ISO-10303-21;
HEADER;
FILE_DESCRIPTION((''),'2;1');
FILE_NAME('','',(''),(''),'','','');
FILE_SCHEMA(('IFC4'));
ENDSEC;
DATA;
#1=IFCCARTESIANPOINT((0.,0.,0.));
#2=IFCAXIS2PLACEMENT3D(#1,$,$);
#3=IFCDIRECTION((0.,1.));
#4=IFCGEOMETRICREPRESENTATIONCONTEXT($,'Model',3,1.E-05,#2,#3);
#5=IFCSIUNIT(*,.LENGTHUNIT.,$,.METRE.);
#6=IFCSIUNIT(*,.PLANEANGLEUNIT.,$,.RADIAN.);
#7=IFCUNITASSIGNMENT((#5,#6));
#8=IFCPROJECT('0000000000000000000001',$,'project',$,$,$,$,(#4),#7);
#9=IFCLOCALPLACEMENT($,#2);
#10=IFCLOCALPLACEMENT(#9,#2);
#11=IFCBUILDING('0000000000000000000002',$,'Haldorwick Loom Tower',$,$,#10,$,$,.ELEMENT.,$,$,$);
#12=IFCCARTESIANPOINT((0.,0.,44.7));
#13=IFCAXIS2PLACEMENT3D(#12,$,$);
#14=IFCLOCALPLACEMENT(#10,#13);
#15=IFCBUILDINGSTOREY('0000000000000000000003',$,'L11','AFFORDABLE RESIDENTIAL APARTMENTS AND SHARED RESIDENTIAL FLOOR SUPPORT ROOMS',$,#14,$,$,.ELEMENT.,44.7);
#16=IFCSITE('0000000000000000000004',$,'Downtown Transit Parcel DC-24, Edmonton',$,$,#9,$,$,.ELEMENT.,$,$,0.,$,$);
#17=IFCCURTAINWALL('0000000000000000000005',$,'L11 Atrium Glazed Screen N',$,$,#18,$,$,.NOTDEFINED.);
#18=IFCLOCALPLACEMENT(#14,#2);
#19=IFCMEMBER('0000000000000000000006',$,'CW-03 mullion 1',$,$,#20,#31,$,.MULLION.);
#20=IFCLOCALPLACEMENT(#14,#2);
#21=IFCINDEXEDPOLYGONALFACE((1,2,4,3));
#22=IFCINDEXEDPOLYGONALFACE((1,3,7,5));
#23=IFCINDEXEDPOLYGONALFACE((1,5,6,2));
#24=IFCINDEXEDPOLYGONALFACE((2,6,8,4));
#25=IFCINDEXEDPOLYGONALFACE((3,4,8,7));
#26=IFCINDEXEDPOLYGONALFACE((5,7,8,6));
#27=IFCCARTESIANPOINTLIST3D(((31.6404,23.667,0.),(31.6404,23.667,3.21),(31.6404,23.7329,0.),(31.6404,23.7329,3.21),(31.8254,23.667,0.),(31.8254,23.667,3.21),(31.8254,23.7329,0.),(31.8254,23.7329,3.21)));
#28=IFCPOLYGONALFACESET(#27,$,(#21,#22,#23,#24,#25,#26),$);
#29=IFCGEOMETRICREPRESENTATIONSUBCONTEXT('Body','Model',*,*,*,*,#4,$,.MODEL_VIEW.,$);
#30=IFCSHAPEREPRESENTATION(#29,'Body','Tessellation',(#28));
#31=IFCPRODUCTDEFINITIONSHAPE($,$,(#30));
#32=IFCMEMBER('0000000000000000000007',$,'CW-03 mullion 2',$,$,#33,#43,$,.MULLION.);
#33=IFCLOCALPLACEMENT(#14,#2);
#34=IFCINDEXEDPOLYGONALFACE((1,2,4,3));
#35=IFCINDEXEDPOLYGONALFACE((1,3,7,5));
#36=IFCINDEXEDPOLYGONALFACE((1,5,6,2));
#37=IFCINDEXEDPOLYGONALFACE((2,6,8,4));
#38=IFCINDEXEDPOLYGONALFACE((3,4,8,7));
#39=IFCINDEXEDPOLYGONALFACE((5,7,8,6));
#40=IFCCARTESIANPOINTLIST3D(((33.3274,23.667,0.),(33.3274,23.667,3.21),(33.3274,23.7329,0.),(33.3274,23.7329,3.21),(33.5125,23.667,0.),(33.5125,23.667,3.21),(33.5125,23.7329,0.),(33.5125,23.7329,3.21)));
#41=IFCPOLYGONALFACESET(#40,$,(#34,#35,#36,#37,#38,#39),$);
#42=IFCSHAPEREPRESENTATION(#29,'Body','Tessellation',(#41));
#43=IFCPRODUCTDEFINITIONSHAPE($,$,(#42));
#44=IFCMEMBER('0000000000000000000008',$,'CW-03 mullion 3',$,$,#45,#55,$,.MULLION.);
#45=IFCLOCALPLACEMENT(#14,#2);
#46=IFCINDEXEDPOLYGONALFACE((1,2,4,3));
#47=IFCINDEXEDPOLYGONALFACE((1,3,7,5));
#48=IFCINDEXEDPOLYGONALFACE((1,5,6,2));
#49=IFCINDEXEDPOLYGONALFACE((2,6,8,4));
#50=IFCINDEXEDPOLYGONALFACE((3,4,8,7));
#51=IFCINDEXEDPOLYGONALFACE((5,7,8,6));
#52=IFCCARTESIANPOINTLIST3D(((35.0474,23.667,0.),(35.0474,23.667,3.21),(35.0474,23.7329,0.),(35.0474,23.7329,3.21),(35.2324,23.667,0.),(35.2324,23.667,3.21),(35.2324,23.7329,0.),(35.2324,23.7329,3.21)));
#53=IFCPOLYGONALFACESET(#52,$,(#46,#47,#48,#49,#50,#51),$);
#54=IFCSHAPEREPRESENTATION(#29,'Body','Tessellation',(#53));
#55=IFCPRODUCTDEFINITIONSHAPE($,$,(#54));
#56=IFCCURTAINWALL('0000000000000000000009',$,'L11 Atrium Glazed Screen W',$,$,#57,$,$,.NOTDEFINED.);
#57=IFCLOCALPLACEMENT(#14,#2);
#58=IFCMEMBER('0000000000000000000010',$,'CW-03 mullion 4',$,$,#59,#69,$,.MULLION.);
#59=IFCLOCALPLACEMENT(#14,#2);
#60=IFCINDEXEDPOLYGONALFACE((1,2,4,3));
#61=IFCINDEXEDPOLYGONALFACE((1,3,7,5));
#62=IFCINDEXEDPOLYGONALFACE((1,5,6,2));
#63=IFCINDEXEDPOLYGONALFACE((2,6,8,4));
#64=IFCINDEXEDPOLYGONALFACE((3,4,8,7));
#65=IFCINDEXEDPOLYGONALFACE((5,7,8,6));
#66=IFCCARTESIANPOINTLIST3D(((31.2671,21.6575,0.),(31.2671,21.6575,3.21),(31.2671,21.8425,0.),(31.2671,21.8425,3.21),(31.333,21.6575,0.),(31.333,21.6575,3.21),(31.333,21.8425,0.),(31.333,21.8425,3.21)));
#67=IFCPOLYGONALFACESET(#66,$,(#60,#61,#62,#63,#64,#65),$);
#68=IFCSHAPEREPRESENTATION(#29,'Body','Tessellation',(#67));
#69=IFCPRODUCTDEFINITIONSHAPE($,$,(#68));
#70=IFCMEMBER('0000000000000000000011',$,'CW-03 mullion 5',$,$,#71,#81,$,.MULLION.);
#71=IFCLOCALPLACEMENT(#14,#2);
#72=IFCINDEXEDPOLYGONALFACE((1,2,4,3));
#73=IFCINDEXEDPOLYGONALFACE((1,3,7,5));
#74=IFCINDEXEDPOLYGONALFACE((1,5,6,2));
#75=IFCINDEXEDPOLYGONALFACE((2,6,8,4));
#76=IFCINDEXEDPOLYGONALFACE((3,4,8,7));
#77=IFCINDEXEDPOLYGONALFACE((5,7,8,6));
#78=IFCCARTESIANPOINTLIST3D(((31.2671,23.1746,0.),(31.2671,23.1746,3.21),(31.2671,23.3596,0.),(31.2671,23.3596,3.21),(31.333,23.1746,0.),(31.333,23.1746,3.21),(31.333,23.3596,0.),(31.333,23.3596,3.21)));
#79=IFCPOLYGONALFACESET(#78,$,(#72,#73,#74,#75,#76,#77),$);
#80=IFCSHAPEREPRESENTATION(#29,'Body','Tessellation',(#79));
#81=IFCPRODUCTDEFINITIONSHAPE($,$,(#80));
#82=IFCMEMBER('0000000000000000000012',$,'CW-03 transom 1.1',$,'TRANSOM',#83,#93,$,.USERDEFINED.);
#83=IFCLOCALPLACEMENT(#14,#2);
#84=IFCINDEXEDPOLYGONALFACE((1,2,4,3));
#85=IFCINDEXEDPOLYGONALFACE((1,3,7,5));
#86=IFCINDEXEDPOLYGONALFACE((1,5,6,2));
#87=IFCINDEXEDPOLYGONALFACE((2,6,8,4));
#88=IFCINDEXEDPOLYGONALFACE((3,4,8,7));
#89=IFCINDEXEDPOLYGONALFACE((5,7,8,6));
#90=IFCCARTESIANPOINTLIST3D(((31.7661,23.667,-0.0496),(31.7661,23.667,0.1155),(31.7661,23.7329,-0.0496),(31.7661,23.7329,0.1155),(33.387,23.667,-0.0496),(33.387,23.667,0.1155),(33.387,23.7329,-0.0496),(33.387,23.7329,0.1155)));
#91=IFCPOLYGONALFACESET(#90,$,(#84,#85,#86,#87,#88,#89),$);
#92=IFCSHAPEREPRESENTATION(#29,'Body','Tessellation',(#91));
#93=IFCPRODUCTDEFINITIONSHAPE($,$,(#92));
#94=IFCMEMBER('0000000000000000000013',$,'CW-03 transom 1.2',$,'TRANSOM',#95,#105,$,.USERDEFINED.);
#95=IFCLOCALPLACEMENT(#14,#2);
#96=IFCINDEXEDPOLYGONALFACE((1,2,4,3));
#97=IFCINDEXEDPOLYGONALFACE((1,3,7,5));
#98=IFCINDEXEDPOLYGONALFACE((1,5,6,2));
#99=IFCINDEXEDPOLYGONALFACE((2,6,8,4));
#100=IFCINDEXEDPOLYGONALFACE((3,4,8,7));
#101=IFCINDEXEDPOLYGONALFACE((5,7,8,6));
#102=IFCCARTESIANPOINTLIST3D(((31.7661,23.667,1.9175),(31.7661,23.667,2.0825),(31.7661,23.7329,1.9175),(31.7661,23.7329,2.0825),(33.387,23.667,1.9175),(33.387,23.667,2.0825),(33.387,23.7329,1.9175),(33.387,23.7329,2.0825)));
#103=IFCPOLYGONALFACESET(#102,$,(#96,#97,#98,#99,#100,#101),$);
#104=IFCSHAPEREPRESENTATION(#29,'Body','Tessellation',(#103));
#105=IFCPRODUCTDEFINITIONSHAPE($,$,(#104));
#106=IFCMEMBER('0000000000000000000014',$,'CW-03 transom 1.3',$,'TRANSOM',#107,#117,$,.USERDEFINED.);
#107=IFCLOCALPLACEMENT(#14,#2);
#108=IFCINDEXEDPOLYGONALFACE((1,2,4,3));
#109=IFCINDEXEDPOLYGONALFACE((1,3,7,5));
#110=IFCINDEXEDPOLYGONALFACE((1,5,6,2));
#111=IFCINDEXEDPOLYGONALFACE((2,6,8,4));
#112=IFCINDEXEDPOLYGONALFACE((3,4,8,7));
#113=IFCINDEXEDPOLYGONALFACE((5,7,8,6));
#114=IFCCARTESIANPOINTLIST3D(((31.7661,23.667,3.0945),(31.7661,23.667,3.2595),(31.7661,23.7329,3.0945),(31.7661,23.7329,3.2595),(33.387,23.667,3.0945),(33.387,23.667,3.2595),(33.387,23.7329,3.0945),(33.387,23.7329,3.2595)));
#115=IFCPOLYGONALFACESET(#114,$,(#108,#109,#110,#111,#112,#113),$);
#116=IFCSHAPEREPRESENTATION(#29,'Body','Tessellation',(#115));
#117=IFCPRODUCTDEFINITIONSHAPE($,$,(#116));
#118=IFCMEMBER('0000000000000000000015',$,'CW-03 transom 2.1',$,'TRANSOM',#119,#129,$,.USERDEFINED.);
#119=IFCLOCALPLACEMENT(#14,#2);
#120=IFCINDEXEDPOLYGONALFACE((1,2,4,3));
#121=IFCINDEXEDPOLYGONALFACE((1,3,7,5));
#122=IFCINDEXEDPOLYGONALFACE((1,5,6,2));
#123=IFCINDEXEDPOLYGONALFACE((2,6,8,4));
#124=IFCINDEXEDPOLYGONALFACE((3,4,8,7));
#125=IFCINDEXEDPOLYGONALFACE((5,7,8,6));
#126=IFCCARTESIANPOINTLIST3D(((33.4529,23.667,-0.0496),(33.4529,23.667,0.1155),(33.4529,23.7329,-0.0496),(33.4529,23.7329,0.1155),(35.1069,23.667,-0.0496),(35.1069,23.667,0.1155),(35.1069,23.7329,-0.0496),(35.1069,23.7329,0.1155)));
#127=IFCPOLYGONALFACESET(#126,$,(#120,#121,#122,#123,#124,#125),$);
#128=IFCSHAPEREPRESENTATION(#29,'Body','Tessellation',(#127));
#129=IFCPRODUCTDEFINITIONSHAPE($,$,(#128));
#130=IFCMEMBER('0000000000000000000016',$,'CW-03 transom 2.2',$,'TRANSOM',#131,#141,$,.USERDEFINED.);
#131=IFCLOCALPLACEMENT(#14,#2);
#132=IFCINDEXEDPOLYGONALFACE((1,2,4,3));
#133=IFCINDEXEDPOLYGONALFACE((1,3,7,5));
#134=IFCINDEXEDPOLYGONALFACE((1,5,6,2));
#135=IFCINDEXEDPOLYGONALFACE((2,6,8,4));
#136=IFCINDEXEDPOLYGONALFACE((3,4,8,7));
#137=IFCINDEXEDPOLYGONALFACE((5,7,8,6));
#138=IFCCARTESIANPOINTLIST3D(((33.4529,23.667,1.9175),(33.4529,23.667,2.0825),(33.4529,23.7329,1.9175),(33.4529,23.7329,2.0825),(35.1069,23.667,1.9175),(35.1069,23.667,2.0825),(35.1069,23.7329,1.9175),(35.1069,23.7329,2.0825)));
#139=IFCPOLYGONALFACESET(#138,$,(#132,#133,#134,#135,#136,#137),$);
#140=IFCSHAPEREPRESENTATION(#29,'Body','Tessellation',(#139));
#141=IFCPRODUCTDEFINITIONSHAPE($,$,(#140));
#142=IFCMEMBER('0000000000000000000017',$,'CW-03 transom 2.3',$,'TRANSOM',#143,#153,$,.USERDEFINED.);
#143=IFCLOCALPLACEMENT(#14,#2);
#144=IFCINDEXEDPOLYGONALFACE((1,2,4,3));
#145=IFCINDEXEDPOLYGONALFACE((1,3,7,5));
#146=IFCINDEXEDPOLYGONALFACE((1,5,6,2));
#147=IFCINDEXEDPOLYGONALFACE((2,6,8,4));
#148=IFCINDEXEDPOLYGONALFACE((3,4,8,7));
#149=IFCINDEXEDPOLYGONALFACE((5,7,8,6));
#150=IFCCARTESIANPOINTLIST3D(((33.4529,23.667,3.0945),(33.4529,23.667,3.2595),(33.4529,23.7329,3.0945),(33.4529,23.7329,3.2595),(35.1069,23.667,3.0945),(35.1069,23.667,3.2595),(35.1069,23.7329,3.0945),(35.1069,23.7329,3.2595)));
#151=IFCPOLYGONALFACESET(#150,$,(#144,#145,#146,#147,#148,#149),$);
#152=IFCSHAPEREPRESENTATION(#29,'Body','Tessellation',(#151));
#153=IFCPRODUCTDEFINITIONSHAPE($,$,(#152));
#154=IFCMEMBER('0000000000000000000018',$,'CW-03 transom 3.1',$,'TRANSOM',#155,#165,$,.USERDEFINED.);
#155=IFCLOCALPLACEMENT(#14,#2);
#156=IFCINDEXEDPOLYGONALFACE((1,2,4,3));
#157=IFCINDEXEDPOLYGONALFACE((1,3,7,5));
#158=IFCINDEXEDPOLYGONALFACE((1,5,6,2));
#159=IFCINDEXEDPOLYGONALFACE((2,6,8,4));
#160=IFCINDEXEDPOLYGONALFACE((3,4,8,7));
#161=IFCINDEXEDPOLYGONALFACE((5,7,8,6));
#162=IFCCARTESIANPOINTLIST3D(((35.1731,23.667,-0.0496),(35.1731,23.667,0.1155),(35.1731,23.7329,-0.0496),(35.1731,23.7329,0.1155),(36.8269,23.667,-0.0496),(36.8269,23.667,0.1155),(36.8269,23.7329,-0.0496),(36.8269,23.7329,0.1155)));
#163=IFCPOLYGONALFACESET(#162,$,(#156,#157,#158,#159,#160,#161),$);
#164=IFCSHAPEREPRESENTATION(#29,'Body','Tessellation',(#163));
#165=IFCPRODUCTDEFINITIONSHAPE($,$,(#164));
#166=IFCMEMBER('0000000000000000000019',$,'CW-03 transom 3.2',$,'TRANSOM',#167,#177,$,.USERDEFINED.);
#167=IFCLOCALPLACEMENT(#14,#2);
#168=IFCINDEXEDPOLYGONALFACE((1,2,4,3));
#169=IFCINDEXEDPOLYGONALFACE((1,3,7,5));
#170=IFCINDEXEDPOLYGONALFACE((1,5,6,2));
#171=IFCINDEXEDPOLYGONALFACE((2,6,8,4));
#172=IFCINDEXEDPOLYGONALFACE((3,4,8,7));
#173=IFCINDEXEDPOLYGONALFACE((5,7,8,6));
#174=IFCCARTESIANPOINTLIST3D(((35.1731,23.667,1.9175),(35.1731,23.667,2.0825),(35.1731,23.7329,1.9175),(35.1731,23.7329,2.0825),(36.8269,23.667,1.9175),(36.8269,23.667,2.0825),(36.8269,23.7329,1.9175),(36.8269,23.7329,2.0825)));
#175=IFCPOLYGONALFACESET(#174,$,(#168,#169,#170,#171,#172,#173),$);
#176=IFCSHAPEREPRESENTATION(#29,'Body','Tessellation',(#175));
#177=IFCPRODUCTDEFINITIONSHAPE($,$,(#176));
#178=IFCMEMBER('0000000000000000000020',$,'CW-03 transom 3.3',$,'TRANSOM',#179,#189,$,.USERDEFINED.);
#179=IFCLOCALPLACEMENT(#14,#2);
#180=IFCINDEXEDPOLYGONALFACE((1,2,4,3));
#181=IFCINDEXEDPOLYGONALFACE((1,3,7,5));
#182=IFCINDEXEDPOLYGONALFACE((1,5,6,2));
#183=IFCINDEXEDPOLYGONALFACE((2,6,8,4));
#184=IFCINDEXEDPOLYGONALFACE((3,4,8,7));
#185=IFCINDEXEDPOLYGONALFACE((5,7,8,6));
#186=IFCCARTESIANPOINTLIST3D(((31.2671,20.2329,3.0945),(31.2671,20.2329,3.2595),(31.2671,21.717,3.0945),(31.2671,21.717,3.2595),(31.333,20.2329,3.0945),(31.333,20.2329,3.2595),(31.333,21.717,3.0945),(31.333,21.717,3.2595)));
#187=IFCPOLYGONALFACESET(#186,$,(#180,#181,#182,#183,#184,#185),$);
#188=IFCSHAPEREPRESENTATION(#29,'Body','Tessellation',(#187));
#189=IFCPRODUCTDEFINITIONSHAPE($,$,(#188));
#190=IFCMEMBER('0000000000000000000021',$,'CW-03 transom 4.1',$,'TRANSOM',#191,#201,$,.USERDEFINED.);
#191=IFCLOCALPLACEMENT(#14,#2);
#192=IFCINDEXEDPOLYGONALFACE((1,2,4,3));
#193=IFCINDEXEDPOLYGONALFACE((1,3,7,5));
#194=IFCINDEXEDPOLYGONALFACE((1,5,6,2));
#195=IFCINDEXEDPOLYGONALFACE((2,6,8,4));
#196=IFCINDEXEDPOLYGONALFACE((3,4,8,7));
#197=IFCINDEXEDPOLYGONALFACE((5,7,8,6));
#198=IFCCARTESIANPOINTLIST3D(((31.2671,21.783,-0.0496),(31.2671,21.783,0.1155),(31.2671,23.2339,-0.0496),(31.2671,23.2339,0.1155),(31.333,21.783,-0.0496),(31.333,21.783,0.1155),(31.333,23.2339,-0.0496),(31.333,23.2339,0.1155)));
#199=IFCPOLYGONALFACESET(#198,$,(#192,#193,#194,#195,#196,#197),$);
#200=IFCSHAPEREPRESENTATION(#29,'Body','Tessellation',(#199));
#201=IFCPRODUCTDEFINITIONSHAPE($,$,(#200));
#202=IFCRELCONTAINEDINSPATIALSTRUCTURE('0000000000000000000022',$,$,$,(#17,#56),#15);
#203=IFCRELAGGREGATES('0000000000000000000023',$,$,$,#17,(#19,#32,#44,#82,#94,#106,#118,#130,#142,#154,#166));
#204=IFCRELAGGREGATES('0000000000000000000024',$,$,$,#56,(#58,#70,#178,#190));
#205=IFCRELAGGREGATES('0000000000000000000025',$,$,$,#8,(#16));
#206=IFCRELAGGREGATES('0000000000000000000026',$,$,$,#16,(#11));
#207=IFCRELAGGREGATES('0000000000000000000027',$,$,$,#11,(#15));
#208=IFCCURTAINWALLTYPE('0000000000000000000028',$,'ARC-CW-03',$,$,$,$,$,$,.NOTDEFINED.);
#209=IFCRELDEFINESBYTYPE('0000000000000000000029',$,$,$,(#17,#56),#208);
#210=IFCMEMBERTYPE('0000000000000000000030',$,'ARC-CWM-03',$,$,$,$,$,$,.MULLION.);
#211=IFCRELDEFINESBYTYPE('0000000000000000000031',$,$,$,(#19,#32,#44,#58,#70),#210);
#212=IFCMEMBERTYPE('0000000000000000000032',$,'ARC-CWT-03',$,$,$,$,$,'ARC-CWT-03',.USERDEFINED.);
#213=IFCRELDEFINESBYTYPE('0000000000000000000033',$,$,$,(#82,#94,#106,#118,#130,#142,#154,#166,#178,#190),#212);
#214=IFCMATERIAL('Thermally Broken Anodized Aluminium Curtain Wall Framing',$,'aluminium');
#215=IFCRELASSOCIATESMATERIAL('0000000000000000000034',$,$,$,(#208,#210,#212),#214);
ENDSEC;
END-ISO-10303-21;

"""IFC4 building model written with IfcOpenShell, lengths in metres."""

from ifc_helpers import new_model, si_unit, direction, frame, origin, origin_2d, place, context, subcontext, project, spatial, rectangle, extrude, material, material_profile, profile_set, type_object, element, aggregate, save


model = new_model("IFC4")

# Units and contexts
model_context = context("Model", 3, precision=1e-05, world=origin(), true_north=direction((0.0, 1.0)))
body_context = subcontext(model_context, "Body", "Model", "MODEL_VIEW")
ifc_project = project(units=[si_unit("LENGTHUNIT", "METRE"), si_unit("PLANEANGLEUNIT", "RADIAN")], contexts=[model_context])

# Site, building, storey
site_placement = place(None, origin())
site = spatial("IfcSite", under=ifc_project, at=site_placement, Name="Downtown Transit Parcel DC-24, Edmonton", CompositionType="ELEMENT", RefElevation=0.0)
building_placement = place(site_placement, origin())
building = spatial("IfcBuilding", under=site, at=building_placement, Name="Haldorwick Loom Tower", CompositionType="ELEMENT")
storey_placement = place(building_placement, frame((0.0, 0.0, 44.7)))
storey = spatial("IfcBuildingStorey", under=building, at=storey_placement, Name="L11", Description="AFFORDABLE RESIDENTIAL APARTMENTS AND SHARED RESIDENTIAL FLOOR SUPPORT ROOMS", CompositionType="ELEMENT", Elevation=44.7)

# Curtain walls, members
ifc_material_1 = material(Name="Thermally Broken Anodized Aluminium Curtain Wall Framing", Category="aluminium")
curtain_wall_type = type_object("IfcCurtainWallType", Name="ARC-CW-03", PredefinedType="NOTDEFINED", material=ifc_material_1)
curtain_wall_1_placement = place(storey_placement, origin())
curtain_wall_1 = element("IfcCurtainWall", 1, at=curtain_wall_1_placement, inside=storey, type_object=curtain_wall_type, Name="L11 Atrium Glazed Screen N", PredefinedType="NOTDEFINED")
ifc_material_profile_1 = material_profile(ifc_material_1, rectangle(XDim=0.0659, YDim=0.1851, at=origin_2d()), Name="ALU_MUL_66X185", Category="aluminium")
ifc_profile_set_1 = profile_set([ifc_material_profile_1], Name="Thermally Broken Anodized Aluminium Curtain Wall Framing")
member_type_1 = type_object("IfcMemberType", Name="ARC-CWM-03", PredefinedType="MULLION", material=ifc_profile_set_1)
member_1_placement = place(storey_placement, frame((31.7329, 23.7, 0.0), z_axis=(0.0, 0.0, 1.0), x_axis=(0.0, 1.0, 0.0)))
member_1 = element("IfcMember", 2, at=member_1_placement, type_object=member_type_1, Name="CW-03 mullion 1", PredefinedType="MULLION", context=body_context, shape_type="SweptSolid", body=[
    extrude(rectangle(XDim=0.0659, YDim=0.1851, at=origin_2d()), origin(), (0.0, 0.0, 1.0), 3.21),
])
member_2_placement = place(storey_placement, frame((33.4199, 23.7, 0.0), z_axis=(0.0, 0.0, 1.0), x_axis=(0.0, 1.0, 0.0)))
member_2 = element("IfcMember", 3, at=member_2_placement, type_object=member_type_1, Name="CW-03 mullion 2", PredefinedType="MULLION", context=body_context, shape_type="SweptSolid", body=[
    extrude(rectangle(XDim=0.0659, YDim=0.1851, at=origin_2d()), origin(), (0.0, 0.0, 1.0), 3.21),
])
member_3_placement = place(storey_placement, frame((35.1399, 23.7, 0.0), z_axis=(0.0, 0.0, 1.0), x_axis=(0.0, 1.0, 0.0)))
member_3 = element("IfcMember", 4, at=member_3_placement, type_object=member_type_1, Name="CW-03 mullion 3", PredefinedType="MULLION", context=body_context, shape_type="SweptSolid", body=[
    extrude(rectangle(XDim=0.0659, YDim=0.1851, at=origin_2d()), origin(), (0.0, 0.0, 1.0), 3.21),
])
curtain_wall_2_placement = place(storey_placement, origin())
curtain_wall_2 = element("IfcCurtainWall", 5, at=curtain_wall_2_placement, inside=storey, type_object=curtain_wall_type, Name="L11 Atrium Glazed Screen W", PredefinedType="NOTDEFINED")
member_4_placement = place(storey_placement, frame((31.3, 21.75, 0.0), z_axis=(0.0, 0.0, 1.0), x_axis=(-1.0, 0.0, 0.0)))
member_4 = element("IfcMember", 6, at=member_4_placement, type_object=member_type_1, Name="CW-03 mullion 4", PredefinedType="MULLION", context=body_context, shape_type="SweptSolid", body=[
    extrude(rectangle(XDim=0.0659, YDim=0.1851, at=origin_2d()), origin(), (0.0, 0.0, 1.0), 3.21),
])
member_5_placement = place(storey_placement, frame((31.3, 23.2671, 0.0), z_axis=(0.0, 0.0, 1.0), x_axis=(-1.0, 0.0, 0.0)))
member_5 = element("IfcMember", 7, at=member_5_placement, type_object=member_type_1, Name="CW-03 mullion 5", PredefinedType="MULLION", context=body_context, shape_type="SweptSolid", body=[
    extrude(rectangle(XDim=0.0659, YDim=0.1851, at=origin_2d()), origin(), (0.0, 0.0, 1.0), 3.21),
])

# Members
ifc_material_profile_2 = material_profile(ifc_material_1, rectangle(XDim=0.0659, YDim=0.165, at=origin_2d()), Name="ALU_TRN_66X165", Category="aluminium")
ifc_profile_set_2 = profile_set([ifc_material_profile_2], Name="Thermally Broken Anodized Aluminium Curtain Wall Framing")
member_type_2 = type_object("IfcMemberType", Name="ARC-CWT-03", ElementType="ARC-CWT-03", PredefinedType="USERDEFINED", material=ifc_profile_set_2)
member_6_placement = place(storey_placement, frame((31.7661, 23.7, 0.033), z_axis=(1.0, 0.0, 0.0), x_axis=(0.0, 1.0, 0.0)))
member_6 = element("IfcMember", 8, at=member_6_placement, type_object=member_type_2, Name="CW-03 transom 1.1", ObjectType="TRANSOM", PredefinedType="USERDEFINED", context=body_context, shape_type="SweptSolid", body=[
    extrude(rectangle(XDim=0.0659, YDim=0.165, at=origin_2d()), origin(), (0.0, 0.0, 1.0), 1.6208),
])
member_7_placement = place(storey_placement, frame((31.7661, 23.7, 2.0), z_axis=(1.0, 0.0, 0.0), x_axis=(0.0, 1.0, 0.0)))
member_7 = element("IfcMember", 9, at=member_7_placement, type_object=member_type_2, Name="CW-03 transom 1.2", ObjectType="TRANSOM", PredefinedType="USERDEFINED", context=body_context, shape_type="SweptSolid", body=[
    extrude(rectangle(XDim=0.0659, YDim=0.165, at=origin_2d()), origin(), (0.0, 0.0, 1.0), 1.6208),
])
member_8_placement = place(storey_placement, frame((31.7661, 23.7, 3.177), z_axis=(1.0, 0.0, 0.0), x_axis=(0.0, 1.0, 0.0)))
member_8 = element("IfcMember", 10, at=member_8_placement, type_object=member_type_2, Name="CW-03 transom 1.3", ObjectType="TRANSOM", PredefinedType="USERDEFINED", context=body_context, shape_type="SweptSolid", body=[
    extrude(rectangle(XDim=0.0659, YDim=0.165, at=origin_2d()), origin(), (0.0, 0.0, 1.0), 1.6208),
])
member_9_placement = place(storey_placement, frame((33.4529, 23.7, 0.033), z_axis=(1.0, 0.0, 0.0), x_axis=(0.0, 1.0, 0.0)))
member_9 = element("IfcMember", 11, at=member_9_placement, type_object=member_type_2, Name="CW-03 transom 2.1", ObjectType="TRANSOM", PredefinedType="USERDEFINED", context=body_context, shape_type="SweptSolid", body=[
    extrude(rectangle(XDim=0.0659, YDim=0.165, at=origin_2d()), origin(), (0.0, 0.0, 1.0), 1.6541),
])
member_10_placement = place(storey_placement, frame((33.4529, 23.7, 2.0), z_axis=(1.0, 0.0, 0.0), x_axis=(0.0, 1.0, 0.0)))
member_10 = element("IfcMember", 12, at=member_10_placement, type_object=member_type_2, Name="CW-03 transom 2.2", ObjectType="TRANSOM", PredefinedType="USERDEFINED", context=body_context, shape_type="SweptSolid", body=[
    extrude(rectangle(XDim=0.0659, YDim=0.165, at=origin_2d()), origin(), (0.0, 0.0, 1.0), 1.6541),
])
member_11_placement = place(storey_placement, frame((33.4529, 23.7, 3.177), z_axis=(1.0, 0.0, 0.0), x_axis=(0.0, 1.0, 0.0)))
member_11 = element("IfcMember", 13, at=member_11_placement, type_object=member_type_2, Name="CW-03 transom 2.3", ObjectType="TRANSOM", PredefinedType="USERDEFINED", context=body_context, shape_type="SweptSolid", body=[
    extrude(rectangle(XDim=0.0659, YDim=0.165, at=origin_2d()), origin(), (0.0, 0.0, 1.0), 1.6541),
])
member_12_placement = place(storey_placement, frame((35.1731, 23.7, 0.033), z_axis=(1.0, 0.0, 0.0), x_axis=(0.0, 1.0, 0.0)))
member_12 = element("IfcMember", 14, at=member_12_placement, type_object=member_type_2, Name="CW-03 transom 3.1", ObjectType="TRANSOM", PredefinedType="USERDEFINED", context=body_context, shape_type="SweptSolid", body=[
    extrude(rectangle(XDim=0.0659, YDim=0.165, at=origin_2d()), origin(), (0.0, 0.0, 1.0), 1.6538),
])
member_13_placement = place(storey_placement, frame((35.1731, 23.7, 2.0), z_axis=(1.0, 0.0, 0.0), x_axis=(0.0, 1.0, 0.0)))
member_13 = element("IfcMember", 15, at=member_13_placement, type_object=member_type_2, Name="CW-03 transom 3.2", ObjectType="TRANSOM", PredefinedType="USERDEFINED", context=body_context, shape_type="SweptSolid", body=[
    extrude(rectangle(XDim=0.0659, YDim=0.165, at=origin_2d()), origin(), (0.0, 0.0, 1.0), 1.6538),
])
member_14_placement = place(storey_placement, frame((31.3, 20.2329, 3.177), z_axis=(0.0, 1.0, 0.0), x_axis=(-1.0, 0.0, 0.0)))
member_14 = element("IfcMember", 16, at=member_14_placement, type_object=member_type_2, Name="CW-03 transom 3.3", ObjectType="TRANSOM", PredefinedType="USERDEFINED", context=body_context, shape_type="SweptSolid", body=[
    extrude(rectangle(XDim=0.0659, YDim=0.165, at=origin_2d()), origin(), (0.0, 0.0, 1.0), 1.4841),
])
member_15_placement = place(storey_placement, frame((31.3, 21.783, 0.033), z_axis=(0.0, 1.0, 0.0), x_axis=(-1.0, 0.0, 0.0)))
member_15 = element("IfcMember", 17, at=member_15_placement, type_object=member_type_2, Name="CW-03 transom 4.1", ObjectType="TRANSOM", PredefinedType="USERDEFINED", context=body_context, shape_type="SweptSolid", body=[
    extrude(rectangle(XDim=0.0659, YDim=0.165, at=origin_2d()), origin(), (0.0, 0.0, 1.0), 1.4509),
])

aggregate(curtain_wall_1, [member_1, member_2, member_3, member_6, member_7, member_8, member_9, member_10, member_11, member_12, member_13])
aggregate(curtain_wall_2, [member_4, member_5, member_14, member_15])

save(model, "model.ifc")
